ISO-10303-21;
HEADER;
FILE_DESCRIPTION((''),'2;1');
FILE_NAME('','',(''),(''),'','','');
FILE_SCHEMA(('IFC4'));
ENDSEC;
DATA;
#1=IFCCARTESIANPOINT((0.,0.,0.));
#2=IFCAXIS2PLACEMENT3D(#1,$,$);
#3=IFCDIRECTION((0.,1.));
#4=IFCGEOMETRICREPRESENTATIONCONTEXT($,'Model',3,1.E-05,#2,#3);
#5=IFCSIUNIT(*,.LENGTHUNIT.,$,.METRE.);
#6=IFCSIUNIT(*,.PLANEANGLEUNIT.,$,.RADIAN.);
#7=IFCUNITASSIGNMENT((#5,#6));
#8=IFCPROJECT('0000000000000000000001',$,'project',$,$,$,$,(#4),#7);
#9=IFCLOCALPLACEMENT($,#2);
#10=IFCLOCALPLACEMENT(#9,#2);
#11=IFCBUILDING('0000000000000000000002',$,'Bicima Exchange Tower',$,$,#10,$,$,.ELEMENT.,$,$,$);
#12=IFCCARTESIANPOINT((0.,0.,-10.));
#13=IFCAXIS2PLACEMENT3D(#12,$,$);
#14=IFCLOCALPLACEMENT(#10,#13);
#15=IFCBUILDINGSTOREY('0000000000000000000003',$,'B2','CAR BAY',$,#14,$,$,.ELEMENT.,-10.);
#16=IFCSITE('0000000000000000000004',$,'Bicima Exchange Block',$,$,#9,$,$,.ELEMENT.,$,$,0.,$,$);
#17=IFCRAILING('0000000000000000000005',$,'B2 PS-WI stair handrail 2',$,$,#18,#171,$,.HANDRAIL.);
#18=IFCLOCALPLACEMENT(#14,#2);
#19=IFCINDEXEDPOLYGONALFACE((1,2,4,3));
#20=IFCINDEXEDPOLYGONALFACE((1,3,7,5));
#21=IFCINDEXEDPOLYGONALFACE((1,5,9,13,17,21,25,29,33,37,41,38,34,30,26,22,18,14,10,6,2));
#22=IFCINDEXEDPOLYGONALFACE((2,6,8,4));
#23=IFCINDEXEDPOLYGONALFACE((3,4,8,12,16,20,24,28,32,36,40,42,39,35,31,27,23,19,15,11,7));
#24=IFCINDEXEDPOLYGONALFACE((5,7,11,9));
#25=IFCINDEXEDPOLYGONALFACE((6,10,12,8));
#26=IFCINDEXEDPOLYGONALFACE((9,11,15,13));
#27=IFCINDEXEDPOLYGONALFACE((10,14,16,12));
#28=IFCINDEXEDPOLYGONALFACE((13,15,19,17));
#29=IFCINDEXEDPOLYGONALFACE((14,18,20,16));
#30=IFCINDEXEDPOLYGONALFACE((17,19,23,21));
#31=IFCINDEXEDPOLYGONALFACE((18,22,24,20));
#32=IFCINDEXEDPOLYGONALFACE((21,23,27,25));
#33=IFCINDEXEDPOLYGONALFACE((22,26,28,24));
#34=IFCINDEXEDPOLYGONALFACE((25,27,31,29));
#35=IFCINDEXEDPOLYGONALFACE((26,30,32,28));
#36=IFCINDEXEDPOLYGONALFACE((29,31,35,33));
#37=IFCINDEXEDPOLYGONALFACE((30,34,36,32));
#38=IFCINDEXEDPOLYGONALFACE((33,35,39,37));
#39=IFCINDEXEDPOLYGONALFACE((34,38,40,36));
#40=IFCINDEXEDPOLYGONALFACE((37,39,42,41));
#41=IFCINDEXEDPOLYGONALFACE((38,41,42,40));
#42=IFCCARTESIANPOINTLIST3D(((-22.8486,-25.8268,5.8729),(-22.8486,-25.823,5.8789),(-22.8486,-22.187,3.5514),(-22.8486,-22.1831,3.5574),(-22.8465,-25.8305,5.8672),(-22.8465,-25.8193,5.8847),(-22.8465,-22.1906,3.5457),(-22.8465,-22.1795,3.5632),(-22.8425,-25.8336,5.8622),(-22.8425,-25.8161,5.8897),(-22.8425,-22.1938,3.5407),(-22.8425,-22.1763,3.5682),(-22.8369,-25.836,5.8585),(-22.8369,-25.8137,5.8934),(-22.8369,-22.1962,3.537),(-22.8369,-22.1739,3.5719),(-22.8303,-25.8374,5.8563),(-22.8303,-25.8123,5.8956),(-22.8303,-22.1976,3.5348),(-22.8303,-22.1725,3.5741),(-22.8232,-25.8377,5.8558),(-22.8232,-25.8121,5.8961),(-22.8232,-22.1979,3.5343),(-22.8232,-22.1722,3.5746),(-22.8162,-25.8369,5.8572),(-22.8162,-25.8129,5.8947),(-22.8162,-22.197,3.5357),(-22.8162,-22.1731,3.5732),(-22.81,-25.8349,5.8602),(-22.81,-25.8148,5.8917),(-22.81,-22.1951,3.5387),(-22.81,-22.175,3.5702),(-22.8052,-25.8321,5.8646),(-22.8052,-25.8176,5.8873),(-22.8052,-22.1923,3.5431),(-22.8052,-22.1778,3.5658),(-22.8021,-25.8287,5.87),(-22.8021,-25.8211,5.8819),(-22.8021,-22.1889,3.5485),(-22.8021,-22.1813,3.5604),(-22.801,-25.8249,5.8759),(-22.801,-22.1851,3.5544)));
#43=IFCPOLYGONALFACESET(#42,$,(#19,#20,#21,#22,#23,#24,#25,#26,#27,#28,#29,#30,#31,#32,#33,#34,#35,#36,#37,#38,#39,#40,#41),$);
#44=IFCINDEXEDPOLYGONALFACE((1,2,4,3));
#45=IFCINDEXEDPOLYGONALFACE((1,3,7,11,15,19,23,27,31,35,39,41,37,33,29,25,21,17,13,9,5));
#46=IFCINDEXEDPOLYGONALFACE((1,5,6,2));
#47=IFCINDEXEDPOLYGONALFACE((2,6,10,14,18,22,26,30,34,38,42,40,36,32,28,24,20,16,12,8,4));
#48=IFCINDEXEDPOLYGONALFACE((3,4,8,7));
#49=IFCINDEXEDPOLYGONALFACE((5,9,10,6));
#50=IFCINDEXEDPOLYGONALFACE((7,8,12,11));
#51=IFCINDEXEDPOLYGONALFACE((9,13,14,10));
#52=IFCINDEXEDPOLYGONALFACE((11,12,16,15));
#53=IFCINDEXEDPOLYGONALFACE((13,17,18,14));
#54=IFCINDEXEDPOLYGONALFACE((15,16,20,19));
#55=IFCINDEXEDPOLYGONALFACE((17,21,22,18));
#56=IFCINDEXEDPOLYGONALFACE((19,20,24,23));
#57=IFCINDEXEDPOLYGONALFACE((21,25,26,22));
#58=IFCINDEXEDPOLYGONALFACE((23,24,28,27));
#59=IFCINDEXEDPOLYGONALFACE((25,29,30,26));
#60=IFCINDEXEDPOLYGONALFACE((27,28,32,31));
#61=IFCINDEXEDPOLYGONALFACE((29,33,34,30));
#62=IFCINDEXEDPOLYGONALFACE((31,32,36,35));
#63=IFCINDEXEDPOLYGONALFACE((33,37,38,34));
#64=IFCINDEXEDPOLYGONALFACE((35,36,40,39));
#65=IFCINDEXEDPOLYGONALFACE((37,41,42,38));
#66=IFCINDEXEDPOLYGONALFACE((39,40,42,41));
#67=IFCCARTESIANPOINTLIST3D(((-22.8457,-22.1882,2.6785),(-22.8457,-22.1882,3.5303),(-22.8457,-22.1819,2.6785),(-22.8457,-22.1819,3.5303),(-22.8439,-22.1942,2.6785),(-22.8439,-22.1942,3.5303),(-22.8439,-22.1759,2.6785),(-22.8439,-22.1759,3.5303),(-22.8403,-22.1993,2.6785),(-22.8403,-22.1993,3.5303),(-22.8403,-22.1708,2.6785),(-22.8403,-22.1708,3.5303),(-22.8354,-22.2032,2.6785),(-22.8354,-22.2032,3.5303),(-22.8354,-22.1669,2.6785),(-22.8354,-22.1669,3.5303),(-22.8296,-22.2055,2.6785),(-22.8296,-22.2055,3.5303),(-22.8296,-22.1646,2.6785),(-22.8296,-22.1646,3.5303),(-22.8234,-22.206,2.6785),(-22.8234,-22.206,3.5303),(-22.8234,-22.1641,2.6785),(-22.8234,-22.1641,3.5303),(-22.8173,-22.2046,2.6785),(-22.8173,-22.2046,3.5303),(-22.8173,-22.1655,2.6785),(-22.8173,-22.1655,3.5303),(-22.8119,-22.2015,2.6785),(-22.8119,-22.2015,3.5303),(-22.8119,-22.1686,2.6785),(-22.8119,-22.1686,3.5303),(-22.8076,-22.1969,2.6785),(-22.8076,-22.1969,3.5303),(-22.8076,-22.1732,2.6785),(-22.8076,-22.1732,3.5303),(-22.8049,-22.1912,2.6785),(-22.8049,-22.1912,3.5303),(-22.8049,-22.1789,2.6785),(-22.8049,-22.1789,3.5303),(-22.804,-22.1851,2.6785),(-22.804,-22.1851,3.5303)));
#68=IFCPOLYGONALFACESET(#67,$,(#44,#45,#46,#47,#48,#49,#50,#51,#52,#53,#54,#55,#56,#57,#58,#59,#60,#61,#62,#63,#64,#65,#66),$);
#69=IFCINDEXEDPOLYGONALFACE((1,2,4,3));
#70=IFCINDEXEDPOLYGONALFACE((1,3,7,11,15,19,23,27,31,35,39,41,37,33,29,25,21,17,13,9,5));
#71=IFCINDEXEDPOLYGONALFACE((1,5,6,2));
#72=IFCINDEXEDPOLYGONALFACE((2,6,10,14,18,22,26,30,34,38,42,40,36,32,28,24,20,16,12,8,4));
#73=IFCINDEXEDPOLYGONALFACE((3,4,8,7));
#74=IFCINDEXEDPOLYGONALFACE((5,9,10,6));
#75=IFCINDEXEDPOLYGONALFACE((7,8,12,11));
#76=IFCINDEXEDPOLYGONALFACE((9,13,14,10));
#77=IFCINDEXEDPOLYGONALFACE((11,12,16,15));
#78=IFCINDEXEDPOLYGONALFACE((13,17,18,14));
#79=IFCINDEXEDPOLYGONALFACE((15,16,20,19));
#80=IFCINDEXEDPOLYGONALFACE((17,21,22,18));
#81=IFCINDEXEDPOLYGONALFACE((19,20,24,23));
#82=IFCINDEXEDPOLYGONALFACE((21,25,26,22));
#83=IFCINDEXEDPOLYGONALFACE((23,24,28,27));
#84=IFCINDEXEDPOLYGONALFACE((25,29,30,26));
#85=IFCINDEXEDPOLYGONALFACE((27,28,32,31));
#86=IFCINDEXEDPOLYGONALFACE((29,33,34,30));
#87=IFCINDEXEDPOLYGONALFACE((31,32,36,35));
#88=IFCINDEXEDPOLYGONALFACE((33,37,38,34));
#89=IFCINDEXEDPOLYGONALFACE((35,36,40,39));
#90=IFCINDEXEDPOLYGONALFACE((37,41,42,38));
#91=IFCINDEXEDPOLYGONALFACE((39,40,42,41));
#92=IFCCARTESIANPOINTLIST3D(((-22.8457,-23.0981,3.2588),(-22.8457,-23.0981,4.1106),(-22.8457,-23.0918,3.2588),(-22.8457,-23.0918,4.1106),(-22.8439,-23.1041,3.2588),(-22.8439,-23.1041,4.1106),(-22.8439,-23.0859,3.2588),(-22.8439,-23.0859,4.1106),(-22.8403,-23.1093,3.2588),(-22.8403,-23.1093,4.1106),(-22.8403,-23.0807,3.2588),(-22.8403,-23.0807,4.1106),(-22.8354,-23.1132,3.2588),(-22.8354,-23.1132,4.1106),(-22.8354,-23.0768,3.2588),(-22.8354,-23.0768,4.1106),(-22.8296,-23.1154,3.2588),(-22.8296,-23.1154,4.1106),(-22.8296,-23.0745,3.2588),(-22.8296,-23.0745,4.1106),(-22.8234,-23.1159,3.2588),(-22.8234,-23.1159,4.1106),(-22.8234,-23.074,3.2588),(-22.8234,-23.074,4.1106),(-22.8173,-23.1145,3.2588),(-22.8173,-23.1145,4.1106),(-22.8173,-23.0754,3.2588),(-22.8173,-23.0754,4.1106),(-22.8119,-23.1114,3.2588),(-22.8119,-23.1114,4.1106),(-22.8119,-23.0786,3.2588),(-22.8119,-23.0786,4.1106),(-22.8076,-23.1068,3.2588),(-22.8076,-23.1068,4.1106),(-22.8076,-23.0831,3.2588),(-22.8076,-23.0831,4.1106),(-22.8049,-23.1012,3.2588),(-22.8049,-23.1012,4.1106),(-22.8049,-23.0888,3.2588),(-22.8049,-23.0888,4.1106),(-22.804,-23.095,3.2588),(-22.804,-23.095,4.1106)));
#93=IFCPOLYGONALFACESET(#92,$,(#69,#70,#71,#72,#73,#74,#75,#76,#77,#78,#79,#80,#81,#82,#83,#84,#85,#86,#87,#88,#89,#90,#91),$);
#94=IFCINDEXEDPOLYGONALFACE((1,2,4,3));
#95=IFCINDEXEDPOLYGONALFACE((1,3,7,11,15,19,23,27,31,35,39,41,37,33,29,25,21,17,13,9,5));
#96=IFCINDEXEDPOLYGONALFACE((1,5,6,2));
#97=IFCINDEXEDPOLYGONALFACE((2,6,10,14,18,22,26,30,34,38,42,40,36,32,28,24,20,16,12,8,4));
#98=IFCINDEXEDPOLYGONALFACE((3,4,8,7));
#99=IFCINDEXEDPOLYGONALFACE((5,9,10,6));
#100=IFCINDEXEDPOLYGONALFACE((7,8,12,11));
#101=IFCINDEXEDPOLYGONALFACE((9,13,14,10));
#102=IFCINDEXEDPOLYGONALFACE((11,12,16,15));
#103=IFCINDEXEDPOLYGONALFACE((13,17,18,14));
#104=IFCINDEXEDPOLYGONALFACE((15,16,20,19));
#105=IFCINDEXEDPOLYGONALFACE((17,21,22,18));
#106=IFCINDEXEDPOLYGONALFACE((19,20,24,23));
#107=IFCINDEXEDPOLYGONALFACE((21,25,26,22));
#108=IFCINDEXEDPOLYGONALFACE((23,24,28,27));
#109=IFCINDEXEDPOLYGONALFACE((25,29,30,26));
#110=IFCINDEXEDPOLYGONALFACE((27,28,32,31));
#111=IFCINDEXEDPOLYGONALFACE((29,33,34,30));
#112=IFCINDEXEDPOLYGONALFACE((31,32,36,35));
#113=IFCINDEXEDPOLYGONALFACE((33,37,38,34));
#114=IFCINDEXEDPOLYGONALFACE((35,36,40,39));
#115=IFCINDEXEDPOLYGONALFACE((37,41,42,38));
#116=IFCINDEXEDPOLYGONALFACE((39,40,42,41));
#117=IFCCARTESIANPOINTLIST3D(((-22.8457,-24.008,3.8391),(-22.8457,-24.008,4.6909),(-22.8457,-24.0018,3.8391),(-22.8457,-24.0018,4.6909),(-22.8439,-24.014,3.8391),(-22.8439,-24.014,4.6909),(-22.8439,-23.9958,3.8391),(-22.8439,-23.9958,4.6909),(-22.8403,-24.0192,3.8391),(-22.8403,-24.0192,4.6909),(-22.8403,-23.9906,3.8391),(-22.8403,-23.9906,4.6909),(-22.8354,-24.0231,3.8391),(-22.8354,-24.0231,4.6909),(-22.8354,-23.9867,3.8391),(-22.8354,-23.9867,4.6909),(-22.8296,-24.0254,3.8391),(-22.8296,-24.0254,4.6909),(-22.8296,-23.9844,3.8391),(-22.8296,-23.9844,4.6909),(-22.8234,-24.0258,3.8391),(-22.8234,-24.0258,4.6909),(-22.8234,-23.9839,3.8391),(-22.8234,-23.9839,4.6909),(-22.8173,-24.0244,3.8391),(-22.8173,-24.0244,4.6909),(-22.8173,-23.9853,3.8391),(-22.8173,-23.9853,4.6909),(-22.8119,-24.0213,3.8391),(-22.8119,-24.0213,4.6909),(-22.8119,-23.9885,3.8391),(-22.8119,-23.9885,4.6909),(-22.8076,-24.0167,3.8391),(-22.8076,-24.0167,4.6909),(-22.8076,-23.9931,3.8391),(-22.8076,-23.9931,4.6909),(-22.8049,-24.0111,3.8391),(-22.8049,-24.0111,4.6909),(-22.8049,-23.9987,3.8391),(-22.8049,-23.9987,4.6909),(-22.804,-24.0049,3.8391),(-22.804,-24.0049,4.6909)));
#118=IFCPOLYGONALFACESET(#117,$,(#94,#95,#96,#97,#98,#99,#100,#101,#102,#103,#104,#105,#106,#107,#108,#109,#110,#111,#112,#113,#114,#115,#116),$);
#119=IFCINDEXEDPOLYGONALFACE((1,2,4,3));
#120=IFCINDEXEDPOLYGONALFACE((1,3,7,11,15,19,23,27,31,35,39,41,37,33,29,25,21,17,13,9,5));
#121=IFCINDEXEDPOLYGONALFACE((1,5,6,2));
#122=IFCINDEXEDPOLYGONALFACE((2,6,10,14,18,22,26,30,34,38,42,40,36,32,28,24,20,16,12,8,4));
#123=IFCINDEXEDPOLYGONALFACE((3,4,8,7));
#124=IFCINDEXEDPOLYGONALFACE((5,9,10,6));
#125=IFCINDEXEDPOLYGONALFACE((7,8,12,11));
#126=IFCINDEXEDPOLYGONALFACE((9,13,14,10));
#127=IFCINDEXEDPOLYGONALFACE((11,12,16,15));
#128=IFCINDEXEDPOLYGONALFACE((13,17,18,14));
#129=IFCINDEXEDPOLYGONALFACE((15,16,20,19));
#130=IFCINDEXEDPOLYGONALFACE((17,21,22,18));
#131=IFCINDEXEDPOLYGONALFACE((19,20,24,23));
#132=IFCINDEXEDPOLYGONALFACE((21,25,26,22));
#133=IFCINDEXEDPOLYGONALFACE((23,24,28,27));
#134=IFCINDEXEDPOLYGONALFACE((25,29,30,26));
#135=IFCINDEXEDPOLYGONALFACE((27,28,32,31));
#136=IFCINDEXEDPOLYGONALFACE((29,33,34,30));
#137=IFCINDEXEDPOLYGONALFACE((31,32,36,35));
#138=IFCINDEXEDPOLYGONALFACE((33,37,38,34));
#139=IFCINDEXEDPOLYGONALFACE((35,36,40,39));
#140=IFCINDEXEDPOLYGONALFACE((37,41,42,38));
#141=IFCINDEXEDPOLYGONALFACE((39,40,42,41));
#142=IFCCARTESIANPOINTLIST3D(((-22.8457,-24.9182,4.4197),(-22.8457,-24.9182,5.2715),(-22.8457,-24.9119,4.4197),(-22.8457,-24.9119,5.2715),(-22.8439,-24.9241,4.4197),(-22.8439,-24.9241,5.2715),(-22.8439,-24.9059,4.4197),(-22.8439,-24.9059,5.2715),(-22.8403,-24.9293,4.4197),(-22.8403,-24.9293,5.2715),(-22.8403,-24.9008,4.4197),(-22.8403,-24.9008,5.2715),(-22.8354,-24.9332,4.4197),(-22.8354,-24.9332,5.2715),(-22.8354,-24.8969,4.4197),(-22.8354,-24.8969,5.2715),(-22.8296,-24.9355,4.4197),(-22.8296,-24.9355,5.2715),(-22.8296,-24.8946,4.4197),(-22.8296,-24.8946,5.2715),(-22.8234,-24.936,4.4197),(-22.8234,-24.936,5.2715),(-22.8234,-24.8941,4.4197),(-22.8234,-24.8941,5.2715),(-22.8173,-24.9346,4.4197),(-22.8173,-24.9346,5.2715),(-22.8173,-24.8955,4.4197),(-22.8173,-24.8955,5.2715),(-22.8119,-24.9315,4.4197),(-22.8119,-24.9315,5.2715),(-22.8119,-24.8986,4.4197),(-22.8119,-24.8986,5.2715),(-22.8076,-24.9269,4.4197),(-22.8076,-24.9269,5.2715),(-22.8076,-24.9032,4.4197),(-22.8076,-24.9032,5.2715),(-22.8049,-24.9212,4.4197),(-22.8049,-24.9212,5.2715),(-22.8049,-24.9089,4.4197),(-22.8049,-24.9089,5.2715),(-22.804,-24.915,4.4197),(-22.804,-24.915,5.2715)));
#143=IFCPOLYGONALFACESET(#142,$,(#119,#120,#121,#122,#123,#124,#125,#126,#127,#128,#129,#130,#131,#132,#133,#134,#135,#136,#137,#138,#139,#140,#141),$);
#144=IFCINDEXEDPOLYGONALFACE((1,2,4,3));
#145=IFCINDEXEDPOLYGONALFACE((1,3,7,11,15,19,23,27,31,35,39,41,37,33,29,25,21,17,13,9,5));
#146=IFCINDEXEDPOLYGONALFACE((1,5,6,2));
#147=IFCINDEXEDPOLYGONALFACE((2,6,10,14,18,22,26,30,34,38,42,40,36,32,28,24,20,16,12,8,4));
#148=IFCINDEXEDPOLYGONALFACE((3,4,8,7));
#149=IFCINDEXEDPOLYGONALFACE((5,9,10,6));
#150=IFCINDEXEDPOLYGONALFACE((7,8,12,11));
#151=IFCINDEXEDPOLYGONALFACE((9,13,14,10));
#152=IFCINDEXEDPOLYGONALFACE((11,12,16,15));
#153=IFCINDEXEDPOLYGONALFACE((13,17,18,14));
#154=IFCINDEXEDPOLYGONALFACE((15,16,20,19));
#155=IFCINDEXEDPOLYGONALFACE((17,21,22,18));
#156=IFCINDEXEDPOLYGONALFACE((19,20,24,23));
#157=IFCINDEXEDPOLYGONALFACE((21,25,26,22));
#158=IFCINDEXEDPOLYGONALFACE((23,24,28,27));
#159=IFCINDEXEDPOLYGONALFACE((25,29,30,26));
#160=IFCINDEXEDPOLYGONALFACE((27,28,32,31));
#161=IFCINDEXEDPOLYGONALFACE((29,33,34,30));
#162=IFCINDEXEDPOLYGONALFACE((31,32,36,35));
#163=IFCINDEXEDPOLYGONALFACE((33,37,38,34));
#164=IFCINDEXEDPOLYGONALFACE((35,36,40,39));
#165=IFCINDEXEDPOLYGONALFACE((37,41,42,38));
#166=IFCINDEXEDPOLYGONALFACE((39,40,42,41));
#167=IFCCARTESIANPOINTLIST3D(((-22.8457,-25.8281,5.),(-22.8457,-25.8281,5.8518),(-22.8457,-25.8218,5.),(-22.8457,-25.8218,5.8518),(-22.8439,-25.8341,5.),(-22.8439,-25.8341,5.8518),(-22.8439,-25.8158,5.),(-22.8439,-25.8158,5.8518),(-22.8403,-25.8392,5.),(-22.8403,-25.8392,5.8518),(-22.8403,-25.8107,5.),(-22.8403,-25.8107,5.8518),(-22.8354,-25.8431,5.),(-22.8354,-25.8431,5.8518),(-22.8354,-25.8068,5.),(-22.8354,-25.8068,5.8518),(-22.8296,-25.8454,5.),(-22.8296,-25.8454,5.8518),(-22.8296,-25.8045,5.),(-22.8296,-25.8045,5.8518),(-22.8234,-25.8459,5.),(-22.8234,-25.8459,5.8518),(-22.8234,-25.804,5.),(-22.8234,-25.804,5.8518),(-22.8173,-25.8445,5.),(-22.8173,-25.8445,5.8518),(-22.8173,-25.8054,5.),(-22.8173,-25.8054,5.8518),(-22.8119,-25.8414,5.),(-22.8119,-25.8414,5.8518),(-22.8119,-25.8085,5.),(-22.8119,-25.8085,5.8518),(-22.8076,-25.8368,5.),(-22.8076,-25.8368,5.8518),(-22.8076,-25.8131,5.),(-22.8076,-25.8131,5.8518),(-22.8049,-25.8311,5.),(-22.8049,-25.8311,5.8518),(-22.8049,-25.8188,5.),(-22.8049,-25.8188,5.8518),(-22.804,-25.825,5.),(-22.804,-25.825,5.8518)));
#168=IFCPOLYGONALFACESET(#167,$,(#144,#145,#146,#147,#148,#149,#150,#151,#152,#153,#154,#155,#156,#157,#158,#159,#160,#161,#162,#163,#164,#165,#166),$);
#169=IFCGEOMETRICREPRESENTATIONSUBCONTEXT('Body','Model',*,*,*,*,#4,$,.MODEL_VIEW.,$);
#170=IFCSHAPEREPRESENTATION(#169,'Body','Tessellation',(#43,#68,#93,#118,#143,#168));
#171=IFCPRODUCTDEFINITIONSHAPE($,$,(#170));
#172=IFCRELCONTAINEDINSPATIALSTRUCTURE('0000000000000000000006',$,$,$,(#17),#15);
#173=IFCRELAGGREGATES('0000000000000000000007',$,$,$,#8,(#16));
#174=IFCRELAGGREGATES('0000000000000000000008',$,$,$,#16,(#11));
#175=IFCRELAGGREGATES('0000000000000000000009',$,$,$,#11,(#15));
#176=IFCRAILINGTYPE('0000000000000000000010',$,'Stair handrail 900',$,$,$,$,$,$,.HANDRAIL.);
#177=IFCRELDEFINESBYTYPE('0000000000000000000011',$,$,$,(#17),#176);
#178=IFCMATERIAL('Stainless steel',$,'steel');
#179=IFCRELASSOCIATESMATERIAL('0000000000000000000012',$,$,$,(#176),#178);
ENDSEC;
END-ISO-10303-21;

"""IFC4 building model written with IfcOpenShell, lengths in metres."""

from ifc_helpers import new_model, si_unit, direction, frame, origin, origin_2d, place, context, subcontext, project, spatial, circle, extrude, material, type_object, element, save


model = new_model("IFC4")

# Units and contexts
model_context = context("Model", 3, precision=1e-05, world=origin(), true_north=direction((0.0, 1.0)))
body_context = subcontext(model_context, "Body", "Model", "MODEL_VIEW")
ifc_project = project(units=[si_unit("LENGTHUNIT", "METRE"), si_unit("PLANEANGLEUNIT", "RADIAN")], contexts=[model_context])

# Site, building, storey
site_placement = place(None, origin())
site = spatial("IfcSite", under=ifc_project, at=site_placement, Name="Bicima Exchange Block", CompositionType="ELEMENT", RefElevation=0.0)
building_placement = place(site_placement, origin())
building = spatial("IfcBuilding", under=site, at=building_placement, Name="Bicima Exchange Tower", CompositionType="ELEMENT")
storey_placement = place(building_placement, frame((0.0, 0.0, -10.0)))
storey = spatial("IfcBuildingStorey", under=building, at=storey_placement, Name="B2", Description="CAR BAY", CompositionType="ELEMENT", Elevation=-10.0)

# Railing
ifc_material_1 = material(Name="Stainless steel", Category="steel")
railing_type_1 = type_object("IfcRailingType", Name="Stair handrail 900", PredefinedType="HANDRAIL", material=ifc_material_1)
railing_1_placement = place(storey_placement, frame((-22.825, -22.1851, 2.6785)))
element("IfcRailing", 1, at=railing_1_placement, inside=storey, type_object=railing_type_1, Name="B2 PS-WI stair handrail 2", PredefinedType="HANDRAIL", context=body_context, shape_type="SweptSolid", body=[
    extrude(circle(Radius=0.0239, at=origin_2d()), frame((0.0, 0.0, 0.876), z_axis=(0.0, -0.843112, 0.537739), x_axis=(1.0, 0.0, 0.0)), (0.0, 0.0, 1.0), 4.3171),
    extrude(circle(Radius=0.021, at=origin_2d()), origin(), (0.0, 0.0, 1.0), 0.8518),
    extrude(circle(Radius=0.021, at=origin_2d()), frame((0.0, -0.9099, 0.5803)), (0.0, 0.0, 1.0), 0.8518),
    extrude(circle(Radius=0.021, at=origin_2d()), frame((0.0, -1.8198, 1.1606)), (0.0, 0.0, 1.0), 0.8518),
    extrude(circle(Radius=0.021, at=origin_2d()), frame((0.0, -2.73, 1.7412)), (0.0, 0.0, 1.0), 0.8518),
    extrude(circle(Radius=0.021, at=origin_2d()), frame((0.0, -3.6399, 2.3215)), (0.0, 0.0, 1.0), 0.8518),
])

save(model, "model.ifc")
